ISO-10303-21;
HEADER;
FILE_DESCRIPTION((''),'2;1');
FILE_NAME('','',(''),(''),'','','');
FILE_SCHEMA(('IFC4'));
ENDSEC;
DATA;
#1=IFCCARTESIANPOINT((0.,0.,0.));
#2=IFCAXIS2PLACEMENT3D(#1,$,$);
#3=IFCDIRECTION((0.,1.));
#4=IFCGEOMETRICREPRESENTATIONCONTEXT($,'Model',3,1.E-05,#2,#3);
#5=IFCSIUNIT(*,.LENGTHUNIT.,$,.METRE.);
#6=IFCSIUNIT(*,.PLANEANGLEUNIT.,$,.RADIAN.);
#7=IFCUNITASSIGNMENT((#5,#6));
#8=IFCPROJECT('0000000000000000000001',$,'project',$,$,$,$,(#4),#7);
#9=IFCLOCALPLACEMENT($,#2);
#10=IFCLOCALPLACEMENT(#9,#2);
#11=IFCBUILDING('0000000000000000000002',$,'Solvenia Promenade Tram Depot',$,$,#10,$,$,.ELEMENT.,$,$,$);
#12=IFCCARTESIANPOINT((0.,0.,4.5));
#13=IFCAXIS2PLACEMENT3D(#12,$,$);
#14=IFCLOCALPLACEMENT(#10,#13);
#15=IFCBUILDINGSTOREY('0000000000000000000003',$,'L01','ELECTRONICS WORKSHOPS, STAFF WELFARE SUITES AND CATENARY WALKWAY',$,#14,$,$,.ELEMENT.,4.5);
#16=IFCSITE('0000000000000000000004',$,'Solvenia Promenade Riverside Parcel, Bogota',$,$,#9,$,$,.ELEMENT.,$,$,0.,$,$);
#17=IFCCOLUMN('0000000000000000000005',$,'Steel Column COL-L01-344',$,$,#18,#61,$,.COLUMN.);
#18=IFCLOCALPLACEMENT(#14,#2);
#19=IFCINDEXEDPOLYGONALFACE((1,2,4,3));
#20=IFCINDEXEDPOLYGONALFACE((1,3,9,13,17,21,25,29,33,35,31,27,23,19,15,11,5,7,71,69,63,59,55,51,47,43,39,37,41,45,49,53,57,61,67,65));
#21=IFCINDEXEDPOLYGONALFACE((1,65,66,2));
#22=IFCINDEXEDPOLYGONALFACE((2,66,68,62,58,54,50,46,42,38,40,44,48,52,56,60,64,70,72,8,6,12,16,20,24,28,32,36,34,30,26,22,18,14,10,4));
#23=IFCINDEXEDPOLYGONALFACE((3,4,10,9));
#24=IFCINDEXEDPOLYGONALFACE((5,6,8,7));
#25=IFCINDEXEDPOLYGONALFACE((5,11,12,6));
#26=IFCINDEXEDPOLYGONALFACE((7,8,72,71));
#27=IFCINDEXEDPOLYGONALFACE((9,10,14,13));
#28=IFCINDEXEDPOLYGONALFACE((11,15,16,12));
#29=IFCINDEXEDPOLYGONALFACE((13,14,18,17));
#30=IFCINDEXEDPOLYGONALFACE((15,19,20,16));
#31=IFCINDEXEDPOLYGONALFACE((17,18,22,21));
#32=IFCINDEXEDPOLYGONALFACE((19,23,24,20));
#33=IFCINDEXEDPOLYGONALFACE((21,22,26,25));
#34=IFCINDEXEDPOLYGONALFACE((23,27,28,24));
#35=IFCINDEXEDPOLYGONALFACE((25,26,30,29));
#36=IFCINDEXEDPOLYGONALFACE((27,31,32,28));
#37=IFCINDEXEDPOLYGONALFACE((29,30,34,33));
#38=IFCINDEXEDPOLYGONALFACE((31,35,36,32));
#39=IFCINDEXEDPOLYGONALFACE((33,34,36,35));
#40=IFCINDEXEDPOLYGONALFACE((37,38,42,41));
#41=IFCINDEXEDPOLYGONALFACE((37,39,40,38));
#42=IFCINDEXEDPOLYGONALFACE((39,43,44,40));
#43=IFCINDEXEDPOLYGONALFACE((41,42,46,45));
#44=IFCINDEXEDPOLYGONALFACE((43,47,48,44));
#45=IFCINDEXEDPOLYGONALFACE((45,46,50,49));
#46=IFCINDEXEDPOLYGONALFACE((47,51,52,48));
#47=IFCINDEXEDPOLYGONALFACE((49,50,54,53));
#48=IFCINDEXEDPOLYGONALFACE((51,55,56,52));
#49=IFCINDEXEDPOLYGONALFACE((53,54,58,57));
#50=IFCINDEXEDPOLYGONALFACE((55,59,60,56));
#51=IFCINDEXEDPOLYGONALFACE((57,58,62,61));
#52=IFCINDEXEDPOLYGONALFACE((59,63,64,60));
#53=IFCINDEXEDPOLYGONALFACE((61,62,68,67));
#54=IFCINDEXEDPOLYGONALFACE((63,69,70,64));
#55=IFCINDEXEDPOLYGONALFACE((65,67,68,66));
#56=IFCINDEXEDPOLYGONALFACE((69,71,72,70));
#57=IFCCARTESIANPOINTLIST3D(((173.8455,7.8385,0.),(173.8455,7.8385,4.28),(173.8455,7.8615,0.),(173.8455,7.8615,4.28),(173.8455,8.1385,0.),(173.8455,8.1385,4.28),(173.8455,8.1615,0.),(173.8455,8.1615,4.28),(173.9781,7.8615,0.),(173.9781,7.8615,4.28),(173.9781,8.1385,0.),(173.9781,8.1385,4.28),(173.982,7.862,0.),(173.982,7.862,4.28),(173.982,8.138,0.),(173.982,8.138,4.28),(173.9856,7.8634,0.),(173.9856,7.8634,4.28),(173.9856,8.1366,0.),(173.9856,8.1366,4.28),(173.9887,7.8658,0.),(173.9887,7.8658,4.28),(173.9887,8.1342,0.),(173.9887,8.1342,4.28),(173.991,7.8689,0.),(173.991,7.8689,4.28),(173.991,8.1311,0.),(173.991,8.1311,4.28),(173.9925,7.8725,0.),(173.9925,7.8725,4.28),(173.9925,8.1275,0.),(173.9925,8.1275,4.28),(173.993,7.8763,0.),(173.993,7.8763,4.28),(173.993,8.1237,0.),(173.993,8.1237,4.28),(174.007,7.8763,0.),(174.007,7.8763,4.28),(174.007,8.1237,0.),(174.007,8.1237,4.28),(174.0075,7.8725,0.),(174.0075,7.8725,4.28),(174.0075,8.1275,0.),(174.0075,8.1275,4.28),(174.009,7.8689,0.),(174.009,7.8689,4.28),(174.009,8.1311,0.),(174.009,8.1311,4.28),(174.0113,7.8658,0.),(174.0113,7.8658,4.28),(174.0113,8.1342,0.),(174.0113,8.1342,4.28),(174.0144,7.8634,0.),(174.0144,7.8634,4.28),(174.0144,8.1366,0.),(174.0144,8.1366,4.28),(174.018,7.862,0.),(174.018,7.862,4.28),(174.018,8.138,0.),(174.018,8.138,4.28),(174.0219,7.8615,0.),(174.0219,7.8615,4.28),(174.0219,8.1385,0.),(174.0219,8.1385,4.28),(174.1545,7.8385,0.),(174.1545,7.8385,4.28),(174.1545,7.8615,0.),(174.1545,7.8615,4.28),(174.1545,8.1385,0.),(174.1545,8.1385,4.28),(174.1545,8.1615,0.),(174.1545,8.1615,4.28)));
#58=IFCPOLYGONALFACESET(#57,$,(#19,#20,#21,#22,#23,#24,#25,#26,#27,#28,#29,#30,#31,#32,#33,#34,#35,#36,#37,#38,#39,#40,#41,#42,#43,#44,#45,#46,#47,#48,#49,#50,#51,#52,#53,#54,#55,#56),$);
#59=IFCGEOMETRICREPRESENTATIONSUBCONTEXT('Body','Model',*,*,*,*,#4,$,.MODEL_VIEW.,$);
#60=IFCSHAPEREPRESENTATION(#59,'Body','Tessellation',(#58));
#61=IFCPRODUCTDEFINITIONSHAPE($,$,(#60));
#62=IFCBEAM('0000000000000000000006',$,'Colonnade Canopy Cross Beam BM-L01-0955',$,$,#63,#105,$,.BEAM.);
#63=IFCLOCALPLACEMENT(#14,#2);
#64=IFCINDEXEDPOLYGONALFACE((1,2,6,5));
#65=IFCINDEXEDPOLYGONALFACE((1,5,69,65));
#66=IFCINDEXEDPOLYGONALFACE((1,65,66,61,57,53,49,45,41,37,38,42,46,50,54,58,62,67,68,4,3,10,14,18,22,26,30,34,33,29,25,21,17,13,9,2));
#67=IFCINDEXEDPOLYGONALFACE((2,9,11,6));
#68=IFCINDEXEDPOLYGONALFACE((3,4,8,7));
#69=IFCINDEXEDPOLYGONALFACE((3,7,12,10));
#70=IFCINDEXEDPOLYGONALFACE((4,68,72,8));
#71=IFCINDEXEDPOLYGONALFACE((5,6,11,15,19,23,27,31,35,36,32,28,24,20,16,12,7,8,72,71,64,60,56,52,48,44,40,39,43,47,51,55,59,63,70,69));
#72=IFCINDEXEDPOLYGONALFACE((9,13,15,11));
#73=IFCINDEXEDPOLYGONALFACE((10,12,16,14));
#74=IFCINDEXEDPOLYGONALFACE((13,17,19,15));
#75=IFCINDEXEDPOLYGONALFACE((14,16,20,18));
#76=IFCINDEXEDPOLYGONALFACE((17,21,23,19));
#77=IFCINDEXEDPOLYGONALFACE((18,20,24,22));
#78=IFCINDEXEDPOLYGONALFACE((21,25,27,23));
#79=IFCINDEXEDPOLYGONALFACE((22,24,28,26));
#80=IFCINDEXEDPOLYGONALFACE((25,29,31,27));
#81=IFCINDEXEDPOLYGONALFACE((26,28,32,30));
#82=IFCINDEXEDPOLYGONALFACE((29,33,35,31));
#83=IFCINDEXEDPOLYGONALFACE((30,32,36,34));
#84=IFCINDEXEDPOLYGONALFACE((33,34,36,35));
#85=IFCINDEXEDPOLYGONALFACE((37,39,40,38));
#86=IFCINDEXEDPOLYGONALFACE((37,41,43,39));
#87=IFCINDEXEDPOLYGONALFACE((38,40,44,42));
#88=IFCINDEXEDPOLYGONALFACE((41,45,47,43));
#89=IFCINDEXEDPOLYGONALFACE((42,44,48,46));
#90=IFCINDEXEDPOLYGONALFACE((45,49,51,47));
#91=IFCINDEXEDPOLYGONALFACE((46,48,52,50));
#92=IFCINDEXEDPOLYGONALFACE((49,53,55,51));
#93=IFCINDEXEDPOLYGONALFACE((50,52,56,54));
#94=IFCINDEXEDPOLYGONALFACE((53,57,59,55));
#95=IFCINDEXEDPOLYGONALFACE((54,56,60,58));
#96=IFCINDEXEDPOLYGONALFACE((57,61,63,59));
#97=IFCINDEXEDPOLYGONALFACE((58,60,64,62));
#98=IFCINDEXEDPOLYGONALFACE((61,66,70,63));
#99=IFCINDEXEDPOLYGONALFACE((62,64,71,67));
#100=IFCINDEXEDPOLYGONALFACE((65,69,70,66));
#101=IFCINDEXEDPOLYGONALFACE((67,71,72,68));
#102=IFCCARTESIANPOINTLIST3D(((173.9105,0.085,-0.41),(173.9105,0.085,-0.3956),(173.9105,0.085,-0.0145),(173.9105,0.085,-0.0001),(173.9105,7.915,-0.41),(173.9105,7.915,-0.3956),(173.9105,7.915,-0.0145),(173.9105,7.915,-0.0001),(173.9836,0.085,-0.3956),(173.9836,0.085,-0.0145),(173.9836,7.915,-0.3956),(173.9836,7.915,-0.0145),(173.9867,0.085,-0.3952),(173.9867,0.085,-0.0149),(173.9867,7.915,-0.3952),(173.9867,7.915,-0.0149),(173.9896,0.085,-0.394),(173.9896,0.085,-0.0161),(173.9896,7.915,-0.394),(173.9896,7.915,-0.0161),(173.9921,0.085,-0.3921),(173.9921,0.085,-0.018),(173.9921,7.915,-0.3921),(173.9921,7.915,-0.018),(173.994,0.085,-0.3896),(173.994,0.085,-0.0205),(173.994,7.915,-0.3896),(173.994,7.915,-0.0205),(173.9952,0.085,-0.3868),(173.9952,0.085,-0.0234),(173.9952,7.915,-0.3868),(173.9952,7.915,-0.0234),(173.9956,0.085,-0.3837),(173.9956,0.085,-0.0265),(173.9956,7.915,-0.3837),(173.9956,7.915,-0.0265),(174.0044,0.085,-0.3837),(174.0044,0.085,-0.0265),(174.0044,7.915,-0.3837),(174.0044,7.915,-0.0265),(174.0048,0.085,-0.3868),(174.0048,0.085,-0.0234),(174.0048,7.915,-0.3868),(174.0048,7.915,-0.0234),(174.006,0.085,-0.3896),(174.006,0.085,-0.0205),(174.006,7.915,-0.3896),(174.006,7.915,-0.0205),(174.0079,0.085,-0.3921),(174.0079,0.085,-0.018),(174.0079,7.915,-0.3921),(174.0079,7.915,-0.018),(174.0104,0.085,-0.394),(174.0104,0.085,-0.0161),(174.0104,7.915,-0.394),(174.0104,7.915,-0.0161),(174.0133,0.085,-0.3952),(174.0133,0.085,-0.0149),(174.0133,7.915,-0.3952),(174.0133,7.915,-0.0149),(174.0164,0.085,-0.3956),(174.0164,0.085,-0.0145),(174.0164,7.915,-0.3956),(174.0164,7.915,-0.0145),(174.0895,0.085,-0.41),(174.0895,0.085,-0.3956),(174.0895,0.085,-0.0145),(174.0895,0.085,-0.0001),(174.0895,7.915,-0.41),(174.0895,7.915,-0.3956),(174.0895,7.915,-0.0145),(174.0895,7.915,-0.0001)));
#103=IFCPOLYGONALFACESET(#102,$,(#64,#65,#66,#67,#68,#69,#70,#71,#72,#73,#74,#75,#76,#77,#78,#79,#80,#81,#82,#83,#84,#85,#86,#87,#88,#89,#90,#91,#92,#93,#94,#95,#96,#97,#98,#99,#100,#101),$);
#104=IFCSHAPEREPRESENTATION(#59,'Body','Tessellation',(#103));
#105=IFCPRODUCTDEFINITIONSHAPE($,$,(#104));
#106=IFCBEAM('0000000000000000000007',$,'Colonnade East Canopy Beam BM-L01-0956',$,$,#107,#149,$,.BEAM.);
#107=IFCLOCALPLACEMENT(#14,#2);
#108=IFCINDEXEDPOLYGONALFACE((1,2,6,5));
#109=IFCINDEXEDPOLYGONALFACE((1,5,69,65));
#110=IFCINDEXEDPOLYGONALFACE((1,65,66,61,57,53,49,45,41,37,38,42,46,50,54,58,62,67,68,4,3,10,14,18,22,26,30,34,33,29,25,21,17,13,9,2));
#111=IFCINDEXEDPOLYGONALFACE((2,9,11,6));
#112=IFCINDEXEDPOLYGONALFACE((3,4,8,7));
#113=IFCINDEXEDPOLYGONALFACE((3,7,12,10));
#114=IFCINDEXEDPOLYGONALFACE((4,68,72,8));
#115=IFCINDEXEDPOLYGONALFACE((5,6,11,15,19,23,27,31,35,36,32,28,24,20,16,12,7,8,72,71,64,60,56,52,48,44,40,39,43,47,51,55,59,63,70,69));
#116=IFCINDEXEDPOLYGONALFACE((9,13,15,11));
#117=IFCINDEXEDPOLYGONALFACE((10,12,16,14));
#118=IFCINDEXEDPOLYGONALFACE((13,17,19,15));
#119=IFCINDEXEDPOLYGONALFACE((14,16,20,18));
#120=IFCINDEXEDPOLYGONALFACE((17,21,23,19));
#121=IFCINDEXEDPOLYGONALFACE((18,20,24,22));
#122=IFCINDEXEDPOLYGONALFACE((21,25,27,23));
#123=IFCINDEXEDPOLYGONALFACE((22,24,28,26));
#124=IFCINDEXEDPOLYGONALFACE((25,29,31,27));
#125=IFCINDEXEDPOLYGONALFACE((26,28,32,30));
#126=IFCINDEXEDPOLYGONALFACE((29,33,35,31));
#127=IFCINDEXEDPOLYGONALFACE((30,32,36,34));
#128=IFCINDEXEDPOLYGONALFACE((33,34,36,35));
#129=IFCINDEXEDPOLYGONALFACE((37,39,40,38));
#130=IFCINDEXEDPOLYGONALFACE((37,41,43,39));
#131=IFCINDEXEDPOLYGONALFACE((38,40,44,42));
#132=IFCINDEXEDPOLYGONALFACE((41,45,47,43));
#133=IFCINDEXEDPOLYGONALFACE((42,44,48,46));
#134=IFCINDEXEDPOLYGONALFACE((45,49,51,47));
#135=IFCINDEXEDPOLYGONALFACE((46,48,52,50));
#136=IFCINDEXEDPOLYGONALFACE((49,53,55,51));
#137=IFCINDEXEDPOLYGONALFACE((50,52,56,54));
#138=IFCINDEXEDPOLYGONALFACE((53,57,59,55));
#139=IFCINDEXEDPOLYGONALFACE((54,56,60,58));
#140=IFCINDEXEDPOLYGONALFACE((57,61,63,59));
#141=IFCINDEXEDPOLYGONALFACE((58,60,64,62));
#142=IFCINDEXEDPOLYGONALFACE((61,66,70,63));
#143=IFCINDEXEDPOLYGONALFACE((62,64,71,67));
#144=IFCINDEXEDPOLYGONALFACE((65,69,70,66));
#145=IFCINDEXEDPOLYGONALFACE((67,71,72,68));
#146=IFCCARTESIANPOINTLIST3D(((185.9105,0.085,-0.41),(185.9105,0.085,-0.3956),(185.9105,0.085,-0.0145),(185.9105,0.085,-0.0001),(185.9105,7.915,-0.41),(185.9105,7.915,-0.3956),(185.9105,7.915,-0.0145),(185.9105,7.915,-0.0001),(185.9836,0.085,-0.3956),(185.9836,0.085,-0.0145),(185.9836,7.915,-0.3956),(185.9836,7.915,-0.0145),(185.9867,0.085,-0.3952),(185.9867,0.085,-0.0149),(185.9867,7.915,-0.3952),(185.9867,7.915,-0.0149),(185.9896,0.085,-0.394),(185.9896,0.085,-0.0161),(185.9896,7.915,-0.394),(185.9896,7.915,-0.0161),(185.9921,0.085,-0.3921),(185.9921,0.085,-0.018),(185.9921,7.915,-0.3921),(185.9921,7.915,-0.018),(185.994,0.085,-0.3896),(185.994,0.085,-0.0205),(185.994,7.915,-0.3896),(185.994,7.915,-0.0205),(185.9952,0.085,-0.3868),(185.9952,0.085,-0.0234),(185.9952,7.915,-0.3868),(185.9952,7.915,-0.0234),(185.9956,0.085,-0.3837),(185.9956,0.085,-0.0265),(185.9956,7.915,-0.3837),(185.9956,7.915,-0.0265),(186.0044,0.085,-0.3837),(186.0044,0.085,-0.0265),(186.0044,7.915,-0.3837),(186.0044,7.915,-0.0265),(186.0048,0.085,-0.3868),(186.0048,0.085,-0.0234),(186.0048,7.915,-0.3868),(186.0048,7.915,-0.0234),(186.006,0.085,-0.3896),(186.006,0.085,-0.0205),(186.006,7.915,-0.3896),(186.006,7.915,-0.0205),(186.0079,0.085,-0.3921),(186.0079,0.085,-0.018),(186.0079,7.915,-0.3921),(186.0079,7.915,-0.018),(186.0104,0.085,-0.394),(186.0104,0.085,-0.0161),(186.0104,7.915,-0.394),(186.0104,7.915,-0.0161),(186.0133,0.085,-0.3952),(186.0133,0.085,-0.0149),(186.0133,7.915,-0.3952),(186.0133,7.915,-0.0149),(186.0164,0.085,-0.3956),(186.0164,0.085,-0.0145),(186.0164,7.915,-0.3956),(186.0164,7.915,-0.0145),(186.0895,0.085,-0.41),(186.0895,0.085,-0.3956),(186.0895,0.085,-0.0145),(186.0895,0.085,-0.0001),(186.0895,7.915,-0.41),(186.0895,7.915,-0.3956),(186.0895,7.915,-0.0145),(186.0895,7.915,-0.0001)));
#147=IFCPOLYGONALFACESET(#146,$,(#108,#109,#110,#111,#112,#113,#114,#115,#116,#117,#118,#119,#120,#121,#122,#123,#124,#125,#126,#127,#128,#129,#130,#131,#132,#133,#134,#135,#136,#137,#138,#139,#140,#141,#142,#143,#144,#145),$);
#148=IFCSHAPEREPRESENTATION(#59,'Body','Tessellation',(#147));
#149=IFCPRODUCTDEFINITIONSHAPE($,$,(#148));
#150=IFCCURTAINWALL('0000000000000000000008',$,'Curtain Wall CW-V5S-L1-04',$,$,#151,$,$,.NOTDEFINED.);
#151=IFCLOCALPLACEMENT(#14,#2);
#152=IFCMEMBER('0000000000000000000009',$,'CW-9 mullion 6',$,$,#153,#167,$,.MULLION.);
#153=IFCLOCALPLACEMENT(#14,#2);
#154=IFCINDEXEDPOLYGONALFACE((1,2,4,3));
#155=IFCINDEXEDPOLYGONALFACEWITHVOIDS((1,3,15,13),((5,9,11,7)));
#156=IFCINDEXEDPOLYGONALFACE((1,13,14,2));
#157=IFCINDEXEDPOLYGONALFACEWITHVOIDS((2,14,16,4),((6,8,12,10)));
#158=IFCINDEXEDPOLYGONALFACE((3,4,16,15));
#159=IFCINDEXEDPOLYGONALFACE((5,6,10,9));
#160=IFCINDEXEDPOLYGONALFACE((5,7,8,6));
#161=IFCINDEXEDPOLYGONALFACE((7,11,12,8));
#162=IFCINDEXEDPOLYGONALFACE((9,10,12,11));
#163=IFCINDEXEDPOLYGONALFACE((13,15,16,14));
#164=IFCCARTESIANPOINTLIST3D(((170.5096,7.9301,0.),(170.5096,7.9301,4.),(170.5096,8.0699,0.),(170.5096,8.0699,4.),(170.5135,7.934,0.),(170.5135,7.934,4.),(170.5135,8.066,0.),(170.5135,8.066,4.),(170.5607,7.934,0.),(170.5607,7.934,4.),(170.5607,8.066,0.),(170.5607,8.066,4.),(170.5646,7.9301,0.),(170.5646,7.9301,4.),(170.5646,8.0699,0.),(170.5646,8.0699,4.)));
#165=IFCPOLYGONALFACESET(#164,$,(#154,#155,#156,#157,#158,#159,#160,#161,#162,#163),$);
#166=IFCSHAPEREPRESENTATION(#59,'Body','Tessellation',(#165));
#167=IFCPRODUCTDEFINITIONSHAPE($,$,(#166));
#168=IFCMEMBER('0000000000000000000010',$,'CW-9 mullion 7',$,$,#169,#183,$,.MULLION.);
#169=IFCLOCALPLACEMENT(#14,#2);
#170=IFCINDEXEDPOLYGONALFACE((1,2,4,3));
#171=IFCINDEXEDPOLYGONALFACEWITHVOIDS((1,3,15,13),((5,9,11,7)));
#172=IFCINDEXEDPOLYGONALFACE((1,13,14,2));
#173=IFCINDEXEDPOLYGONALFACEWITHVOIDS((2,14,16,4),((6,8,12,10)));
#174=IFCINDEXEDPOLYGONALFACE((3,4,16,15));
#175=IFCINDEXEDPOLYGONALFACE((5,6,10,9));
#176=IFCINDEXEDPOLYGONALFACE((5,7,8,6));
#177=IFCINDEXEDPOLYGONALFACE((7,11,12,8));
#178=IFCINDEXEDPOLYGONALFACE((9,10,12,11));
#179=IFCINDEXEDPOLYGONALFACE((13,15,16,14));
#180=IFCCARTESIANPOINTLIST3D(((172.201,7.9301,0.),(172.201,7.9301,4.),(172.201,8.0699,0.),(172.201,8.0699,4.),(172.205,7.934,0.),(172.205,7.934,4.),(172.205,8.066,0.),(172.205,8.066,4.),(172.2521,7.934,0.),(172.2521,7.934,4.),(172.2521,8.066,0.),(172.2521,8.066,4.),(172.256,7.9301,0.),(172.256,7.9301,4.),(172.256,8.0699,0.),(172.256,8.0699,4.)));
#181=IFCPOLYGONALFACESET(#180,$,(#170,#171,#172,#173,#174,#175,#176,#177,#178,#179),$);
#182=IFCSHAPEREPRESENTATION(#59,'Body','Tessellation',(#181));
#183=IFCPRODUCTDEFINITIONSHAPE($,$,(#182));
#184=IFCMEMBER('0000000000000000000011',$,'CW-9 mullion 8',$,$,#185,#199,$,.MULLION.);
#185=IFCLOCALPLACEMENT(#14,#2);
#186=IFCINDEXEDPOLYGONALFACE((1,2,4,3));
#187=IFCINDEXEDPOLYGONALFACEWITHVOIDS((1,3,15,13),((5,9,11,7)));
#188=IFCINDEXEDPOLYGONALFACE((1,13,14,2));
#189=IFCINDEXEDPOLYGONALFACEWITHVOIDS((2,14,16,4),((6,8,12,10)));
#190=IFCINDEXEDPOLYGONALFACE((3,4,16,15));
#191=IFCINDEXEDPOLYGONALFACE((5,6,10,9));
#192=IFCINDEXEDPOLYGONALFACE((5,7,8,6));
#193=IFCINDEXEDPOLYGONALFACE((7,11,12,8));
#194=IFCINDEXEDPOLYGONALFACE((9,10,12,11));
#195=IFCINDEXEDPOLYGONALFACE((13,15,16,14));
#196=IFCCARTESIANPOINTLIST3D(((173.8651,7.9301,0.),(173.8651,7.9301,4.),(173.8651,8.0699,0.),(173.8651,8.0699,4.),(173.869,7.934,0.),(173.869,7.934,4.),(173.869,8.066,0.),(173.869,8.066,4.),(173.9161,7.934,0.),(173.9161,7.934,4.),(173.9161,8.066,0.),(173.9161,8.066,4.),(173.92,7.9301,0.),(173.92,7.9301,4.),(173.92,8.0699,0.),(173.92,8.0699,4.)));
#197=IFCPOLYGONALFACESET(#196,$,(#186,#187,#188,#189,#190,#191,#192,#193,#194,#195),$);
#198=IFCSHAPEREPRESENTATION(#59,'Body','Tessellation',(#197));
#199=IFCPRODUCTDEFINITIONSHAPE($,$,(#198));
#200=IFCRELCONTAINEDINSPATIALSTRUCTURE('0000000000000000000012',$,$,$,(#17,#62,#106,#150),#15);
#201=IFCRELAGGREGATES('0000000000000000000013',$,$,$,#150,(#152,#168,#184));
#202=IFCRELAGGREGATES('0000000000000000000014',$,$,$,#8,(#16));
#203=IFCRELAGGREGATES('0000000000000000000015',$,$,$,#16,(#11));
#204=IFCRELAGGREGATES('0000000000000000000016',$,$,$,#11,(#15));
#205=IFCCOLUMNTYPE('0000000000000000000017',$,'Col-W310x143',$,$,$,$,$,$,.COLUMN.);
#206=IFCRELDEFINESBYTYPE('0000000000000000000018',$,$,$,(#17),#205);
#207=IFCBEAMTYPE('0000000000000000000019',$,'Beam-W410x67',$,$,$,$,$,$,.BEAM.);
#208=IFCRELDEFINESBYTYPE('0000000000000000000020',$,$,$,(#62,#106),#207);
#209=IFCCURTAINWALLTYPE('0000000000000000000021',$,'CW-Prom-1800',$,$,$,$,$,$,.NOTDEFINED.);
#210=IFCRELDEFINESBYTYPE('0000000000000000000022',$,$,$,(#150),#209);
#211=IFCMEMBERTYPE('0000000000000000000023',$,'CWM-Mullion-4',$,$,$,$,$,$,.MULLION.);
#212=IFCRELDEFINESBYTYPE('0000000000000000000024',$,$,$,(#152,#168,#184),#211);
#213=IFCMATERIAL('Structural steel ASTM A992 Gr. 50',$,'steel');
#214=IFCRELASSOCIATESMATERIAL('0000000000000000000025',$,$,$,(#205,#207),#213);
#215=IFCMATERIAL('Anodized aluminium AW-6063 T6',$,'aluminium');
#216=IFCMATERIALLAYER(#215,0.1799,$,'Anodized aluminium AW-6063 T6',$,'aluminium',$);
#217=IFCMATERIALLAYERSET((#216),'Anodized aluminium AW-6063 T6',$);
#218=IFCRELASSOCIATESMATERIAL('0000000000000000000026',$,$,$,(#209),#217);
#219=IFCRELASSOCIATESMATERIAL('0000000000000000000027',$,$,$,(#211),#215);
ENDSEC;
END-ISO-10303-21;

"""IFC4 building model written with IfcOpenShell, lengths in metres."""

from ifc_helpers import new_model, si_unit, direction, frame, origin, origin_2d, place, context, subcontext, project, spatial, hollow_rectangle, i_section, extrude, material, layer, layer_set, material_profile, profile_set, type_object, element, aggregate, save


model = new_model("IFC4")

# Units and contexts
model_context = context("Model", 3, precision=1e-05, world=origin(), true_north=direction((0.0, 1.0)))
body_context = subcontext(model_context, "Body", "Model", "MODEL_VIEW")
ifc_project = project(units=[si_unit("LENGTHUNIT", "METRE"), si_unit("PLANEANGLEUNIT", "RADIAN")], contexts=[model_context])

# Site, building, storey
site_placement = place(None, origin())
site = spatial("IfcSite", under=ifc_project, at=site_placement, Name="Solvenia Promenade Riverside Parcel, Bogota", CompositionType="ELEMENT", RefElevation=0.0)
building_placement = place(site_placement, origin())
building = spatial("IfcBuilding", under=site, at=building_placement, Name="Solvenia Promenade Tram Depot", CompositionType="ELEMENT")
storey_placement = place(building_placement, frame((0.0, 0.0, 4.5)))
storey = spatial("IfcBuildingStorey", under=building, at=storey_placement, Name="L01", Description="ELECTRONICS WORKSHOPS, STAFF WELFARE SUITES AND CATENARY WALKWAY", CompositionType="ELEMENT", Elevation=4.5)

# Column
ifc_material_1 = material(Name="Structural steel ASTM A992 Gr. 50", Category="steel")
ifc_material_profile_1 = material_profile(ifc_material_1, i_section(OverallWidth=0.3091, OverallDepth=0.323, WebThickness=0.0139, FlangeThickness=0.0229, FilletRadius=0.0149, at=origin_2d()), Name="W310x143", Category="steel")
ifc_profile_set_1 = profile_set([ifc_material_profile_1], Name="Structural steel ASTM A992 Gr. 50")
column_type = type_object("IfcColumnType", Name="Col-W310x143", PredefinedType="COLUMN", material=ifc_profile_set_1)
column_placement = place(storey_placement, frame((174.0, 8.0, 0.0), z_axis=(0.0, 0.0, 1.0), x_axis=(1.0, 0.0, 0.0)))
element("IfcColumn", 1, at=column_placement, inside=storey, type_object=column_type, Name="Steel Column COL-L01-344", PredefinedType="COLUMN", context=body_context, shape_type="SweptSolid", body=[
    extrude(i_section(OverallWidth=0.3091, OverallDepth=0.323, WebThickness=0.0139, FlangeThickness=0.0229, FilletRadius=0.0149, at=origin_2d()), origin(), (0.0, 0.0, 1.0), 4.28),
])

# Beams
ifc_material_profile_2 = material_profile(ifc_material_1, i_section(OverallWidth=0.179, OverallDepth=0.4099, WebThickness=0.0088, FlangeThickness=0.0144, FilletRadius=0.012, at=origin_2d()), Name="W410x67", Category="steel")
ifc_profile_set_2 = profile_set([ifc_material_profile_2], Name="Structural steel ASTM A992 Gr. 50")
beam_type_1 = type_object("IfcBeamType", Name="Beam-W410x67", PredefinedType="BEAM", material=ifc_profile_set_2)
for number, where, z_axis, x_axis, name in (
    (2, (174.0, 0.085, -0.2051), (0.0, 1.0, 0.0), (-1.0, 0.0, 0.0), "Colonnade Canopy Cross Beam BM-L01-0955"),
    (3, (186.0, 0.085, -0.2051), (0.0, 1.0, 0.0), (-1.0, 0.0, 0.0), "Colonnade East Canopy Beam BM-L01-0956"),
):
    element("IfcBeam", number, at=place(storey_placement, frame(where, z_axis=z_axis, x_axis=x_axis)), inside=storey, type_object=beam_type_1, Name=name, PredefinedType="BEAM", context=body_context, shape_type="SweptSolid", body=[
        extrude(i_section(OverallWidth=0.179, OverallDepth=0.4099, WebThickness=0.0088, FlangeThickness=0.0144, FilletRadius=0.012, at=origin_2d()), origin(), (0.0, 0.0, 1.0), 7.8301),
    ])

# Curtain wall, members
ifc_material_2 = material(Name="Anodized aluminium AW-6063 T6", Category="aluminium")
ifc_layer_1 = layer(ifc_material_2, 0.1799, Name="Anodized aluminium AW-6063 T6", Category="aluminium")
ifc_layer_set_1 = layer_set([ifc_layer_1], Name="Anodized aluminium AW-6063 T6")
curtain_wall_type = type_object("IfcCurtainWallType", Name="CW-Prom-1800", PredefinedType="NOTDEFINED", material=ifc_layer_set_1)
curtain_wall_1_placement = place(storey_placement, origin())
curtain_wall_1 = element("IfcCurtainWall", 4, at=curtain_wall_1_placement, inside=storey, type_object=curtain_wall_type, Name="Curtain Wall CW-V5S-L1-04", PredefinedType="NOTDEFINED")
ifc_material_profile_3 = material_profile(ifc_material_2, hollow_rectangle(XDim=0.1399, YDim=0.0549, WallThickness=0.0039, at=origin_2d()), Name="ALU-M4", Category="aluminium")
ifc_profile_set_3 = profile_set([ifc_material_profile_3], Name="Anodized aluminium AW-6063 T6")
member_type_1 = type_object("IfcMemberType", Name="CWM-Mullion-4", PredefinedType="MULLION", material=ifc_profile_set_3)
member_1_placement = place(storey_placement, frame((170.5371, 8.0, 0.0), z_axis=(0.0, 0.0, 1.0), x_axis=(0.0, 1.0, 0.0)))
member_1 = element("IfcMember", 5, at=member_1_placement, type_object=member_type_1, Name="CW-9 mullion 6", PredefinedType="MULLION", context=body_context, shape_type="SweptSolid", body=[
    extrude(hollow_rectangle(XDim=0.1399, YDim=0.0549, WallThickness=0.0039, at=origin_2d()), origin(), (0.0, 0.0, 1.0), 4.0),
])
member_2_placement = place(storey_placement, frame((172.2285, 8.0, 0.0), z_axis=(0.0, 0.0, 1.0), x_axis=(0.0, 1.0, 0.0)))
member_2 = element("IfcMember", 6, at=member_2_placement, type_object=member_type_1, Name="CW-9 mullion 7", PredefinedType="MULLION", context=body_context, shape_type="SweptSolid", body=[
    extrude(hollow_rectangle(XDim=0.1399, YDim=0.0549, WallThickness=0.0039, at=origin_2d()), origin(), (0.0, 0.0, 1.0), 4.0),
])
member_3_placement = place(storey_placement, frame((173.8926, 8.0, 0.0), z_axis=(0.0, 0.0, 1.0), x_axis=(0.0, 1.0, 0.0)))
member_3 = element("IfcMember", 7, at=member_3_placement, type_object=member_type_1, Name="CW-9 mullion 8", PredefinedType="MULLION", context=body_context, shape_type="SweptSolid", body=[
    extrude(hollow_rectangle(XDim=0.1399, YDim=0.0549, WallThickness=0.0039, at=origin_2d()), origin(), (0.0, 0.0, 1.0), 4.0),
])

aggregate(curtain_wall_1, [member_1, member_2, member_3])

save(model, "model.ifc")
